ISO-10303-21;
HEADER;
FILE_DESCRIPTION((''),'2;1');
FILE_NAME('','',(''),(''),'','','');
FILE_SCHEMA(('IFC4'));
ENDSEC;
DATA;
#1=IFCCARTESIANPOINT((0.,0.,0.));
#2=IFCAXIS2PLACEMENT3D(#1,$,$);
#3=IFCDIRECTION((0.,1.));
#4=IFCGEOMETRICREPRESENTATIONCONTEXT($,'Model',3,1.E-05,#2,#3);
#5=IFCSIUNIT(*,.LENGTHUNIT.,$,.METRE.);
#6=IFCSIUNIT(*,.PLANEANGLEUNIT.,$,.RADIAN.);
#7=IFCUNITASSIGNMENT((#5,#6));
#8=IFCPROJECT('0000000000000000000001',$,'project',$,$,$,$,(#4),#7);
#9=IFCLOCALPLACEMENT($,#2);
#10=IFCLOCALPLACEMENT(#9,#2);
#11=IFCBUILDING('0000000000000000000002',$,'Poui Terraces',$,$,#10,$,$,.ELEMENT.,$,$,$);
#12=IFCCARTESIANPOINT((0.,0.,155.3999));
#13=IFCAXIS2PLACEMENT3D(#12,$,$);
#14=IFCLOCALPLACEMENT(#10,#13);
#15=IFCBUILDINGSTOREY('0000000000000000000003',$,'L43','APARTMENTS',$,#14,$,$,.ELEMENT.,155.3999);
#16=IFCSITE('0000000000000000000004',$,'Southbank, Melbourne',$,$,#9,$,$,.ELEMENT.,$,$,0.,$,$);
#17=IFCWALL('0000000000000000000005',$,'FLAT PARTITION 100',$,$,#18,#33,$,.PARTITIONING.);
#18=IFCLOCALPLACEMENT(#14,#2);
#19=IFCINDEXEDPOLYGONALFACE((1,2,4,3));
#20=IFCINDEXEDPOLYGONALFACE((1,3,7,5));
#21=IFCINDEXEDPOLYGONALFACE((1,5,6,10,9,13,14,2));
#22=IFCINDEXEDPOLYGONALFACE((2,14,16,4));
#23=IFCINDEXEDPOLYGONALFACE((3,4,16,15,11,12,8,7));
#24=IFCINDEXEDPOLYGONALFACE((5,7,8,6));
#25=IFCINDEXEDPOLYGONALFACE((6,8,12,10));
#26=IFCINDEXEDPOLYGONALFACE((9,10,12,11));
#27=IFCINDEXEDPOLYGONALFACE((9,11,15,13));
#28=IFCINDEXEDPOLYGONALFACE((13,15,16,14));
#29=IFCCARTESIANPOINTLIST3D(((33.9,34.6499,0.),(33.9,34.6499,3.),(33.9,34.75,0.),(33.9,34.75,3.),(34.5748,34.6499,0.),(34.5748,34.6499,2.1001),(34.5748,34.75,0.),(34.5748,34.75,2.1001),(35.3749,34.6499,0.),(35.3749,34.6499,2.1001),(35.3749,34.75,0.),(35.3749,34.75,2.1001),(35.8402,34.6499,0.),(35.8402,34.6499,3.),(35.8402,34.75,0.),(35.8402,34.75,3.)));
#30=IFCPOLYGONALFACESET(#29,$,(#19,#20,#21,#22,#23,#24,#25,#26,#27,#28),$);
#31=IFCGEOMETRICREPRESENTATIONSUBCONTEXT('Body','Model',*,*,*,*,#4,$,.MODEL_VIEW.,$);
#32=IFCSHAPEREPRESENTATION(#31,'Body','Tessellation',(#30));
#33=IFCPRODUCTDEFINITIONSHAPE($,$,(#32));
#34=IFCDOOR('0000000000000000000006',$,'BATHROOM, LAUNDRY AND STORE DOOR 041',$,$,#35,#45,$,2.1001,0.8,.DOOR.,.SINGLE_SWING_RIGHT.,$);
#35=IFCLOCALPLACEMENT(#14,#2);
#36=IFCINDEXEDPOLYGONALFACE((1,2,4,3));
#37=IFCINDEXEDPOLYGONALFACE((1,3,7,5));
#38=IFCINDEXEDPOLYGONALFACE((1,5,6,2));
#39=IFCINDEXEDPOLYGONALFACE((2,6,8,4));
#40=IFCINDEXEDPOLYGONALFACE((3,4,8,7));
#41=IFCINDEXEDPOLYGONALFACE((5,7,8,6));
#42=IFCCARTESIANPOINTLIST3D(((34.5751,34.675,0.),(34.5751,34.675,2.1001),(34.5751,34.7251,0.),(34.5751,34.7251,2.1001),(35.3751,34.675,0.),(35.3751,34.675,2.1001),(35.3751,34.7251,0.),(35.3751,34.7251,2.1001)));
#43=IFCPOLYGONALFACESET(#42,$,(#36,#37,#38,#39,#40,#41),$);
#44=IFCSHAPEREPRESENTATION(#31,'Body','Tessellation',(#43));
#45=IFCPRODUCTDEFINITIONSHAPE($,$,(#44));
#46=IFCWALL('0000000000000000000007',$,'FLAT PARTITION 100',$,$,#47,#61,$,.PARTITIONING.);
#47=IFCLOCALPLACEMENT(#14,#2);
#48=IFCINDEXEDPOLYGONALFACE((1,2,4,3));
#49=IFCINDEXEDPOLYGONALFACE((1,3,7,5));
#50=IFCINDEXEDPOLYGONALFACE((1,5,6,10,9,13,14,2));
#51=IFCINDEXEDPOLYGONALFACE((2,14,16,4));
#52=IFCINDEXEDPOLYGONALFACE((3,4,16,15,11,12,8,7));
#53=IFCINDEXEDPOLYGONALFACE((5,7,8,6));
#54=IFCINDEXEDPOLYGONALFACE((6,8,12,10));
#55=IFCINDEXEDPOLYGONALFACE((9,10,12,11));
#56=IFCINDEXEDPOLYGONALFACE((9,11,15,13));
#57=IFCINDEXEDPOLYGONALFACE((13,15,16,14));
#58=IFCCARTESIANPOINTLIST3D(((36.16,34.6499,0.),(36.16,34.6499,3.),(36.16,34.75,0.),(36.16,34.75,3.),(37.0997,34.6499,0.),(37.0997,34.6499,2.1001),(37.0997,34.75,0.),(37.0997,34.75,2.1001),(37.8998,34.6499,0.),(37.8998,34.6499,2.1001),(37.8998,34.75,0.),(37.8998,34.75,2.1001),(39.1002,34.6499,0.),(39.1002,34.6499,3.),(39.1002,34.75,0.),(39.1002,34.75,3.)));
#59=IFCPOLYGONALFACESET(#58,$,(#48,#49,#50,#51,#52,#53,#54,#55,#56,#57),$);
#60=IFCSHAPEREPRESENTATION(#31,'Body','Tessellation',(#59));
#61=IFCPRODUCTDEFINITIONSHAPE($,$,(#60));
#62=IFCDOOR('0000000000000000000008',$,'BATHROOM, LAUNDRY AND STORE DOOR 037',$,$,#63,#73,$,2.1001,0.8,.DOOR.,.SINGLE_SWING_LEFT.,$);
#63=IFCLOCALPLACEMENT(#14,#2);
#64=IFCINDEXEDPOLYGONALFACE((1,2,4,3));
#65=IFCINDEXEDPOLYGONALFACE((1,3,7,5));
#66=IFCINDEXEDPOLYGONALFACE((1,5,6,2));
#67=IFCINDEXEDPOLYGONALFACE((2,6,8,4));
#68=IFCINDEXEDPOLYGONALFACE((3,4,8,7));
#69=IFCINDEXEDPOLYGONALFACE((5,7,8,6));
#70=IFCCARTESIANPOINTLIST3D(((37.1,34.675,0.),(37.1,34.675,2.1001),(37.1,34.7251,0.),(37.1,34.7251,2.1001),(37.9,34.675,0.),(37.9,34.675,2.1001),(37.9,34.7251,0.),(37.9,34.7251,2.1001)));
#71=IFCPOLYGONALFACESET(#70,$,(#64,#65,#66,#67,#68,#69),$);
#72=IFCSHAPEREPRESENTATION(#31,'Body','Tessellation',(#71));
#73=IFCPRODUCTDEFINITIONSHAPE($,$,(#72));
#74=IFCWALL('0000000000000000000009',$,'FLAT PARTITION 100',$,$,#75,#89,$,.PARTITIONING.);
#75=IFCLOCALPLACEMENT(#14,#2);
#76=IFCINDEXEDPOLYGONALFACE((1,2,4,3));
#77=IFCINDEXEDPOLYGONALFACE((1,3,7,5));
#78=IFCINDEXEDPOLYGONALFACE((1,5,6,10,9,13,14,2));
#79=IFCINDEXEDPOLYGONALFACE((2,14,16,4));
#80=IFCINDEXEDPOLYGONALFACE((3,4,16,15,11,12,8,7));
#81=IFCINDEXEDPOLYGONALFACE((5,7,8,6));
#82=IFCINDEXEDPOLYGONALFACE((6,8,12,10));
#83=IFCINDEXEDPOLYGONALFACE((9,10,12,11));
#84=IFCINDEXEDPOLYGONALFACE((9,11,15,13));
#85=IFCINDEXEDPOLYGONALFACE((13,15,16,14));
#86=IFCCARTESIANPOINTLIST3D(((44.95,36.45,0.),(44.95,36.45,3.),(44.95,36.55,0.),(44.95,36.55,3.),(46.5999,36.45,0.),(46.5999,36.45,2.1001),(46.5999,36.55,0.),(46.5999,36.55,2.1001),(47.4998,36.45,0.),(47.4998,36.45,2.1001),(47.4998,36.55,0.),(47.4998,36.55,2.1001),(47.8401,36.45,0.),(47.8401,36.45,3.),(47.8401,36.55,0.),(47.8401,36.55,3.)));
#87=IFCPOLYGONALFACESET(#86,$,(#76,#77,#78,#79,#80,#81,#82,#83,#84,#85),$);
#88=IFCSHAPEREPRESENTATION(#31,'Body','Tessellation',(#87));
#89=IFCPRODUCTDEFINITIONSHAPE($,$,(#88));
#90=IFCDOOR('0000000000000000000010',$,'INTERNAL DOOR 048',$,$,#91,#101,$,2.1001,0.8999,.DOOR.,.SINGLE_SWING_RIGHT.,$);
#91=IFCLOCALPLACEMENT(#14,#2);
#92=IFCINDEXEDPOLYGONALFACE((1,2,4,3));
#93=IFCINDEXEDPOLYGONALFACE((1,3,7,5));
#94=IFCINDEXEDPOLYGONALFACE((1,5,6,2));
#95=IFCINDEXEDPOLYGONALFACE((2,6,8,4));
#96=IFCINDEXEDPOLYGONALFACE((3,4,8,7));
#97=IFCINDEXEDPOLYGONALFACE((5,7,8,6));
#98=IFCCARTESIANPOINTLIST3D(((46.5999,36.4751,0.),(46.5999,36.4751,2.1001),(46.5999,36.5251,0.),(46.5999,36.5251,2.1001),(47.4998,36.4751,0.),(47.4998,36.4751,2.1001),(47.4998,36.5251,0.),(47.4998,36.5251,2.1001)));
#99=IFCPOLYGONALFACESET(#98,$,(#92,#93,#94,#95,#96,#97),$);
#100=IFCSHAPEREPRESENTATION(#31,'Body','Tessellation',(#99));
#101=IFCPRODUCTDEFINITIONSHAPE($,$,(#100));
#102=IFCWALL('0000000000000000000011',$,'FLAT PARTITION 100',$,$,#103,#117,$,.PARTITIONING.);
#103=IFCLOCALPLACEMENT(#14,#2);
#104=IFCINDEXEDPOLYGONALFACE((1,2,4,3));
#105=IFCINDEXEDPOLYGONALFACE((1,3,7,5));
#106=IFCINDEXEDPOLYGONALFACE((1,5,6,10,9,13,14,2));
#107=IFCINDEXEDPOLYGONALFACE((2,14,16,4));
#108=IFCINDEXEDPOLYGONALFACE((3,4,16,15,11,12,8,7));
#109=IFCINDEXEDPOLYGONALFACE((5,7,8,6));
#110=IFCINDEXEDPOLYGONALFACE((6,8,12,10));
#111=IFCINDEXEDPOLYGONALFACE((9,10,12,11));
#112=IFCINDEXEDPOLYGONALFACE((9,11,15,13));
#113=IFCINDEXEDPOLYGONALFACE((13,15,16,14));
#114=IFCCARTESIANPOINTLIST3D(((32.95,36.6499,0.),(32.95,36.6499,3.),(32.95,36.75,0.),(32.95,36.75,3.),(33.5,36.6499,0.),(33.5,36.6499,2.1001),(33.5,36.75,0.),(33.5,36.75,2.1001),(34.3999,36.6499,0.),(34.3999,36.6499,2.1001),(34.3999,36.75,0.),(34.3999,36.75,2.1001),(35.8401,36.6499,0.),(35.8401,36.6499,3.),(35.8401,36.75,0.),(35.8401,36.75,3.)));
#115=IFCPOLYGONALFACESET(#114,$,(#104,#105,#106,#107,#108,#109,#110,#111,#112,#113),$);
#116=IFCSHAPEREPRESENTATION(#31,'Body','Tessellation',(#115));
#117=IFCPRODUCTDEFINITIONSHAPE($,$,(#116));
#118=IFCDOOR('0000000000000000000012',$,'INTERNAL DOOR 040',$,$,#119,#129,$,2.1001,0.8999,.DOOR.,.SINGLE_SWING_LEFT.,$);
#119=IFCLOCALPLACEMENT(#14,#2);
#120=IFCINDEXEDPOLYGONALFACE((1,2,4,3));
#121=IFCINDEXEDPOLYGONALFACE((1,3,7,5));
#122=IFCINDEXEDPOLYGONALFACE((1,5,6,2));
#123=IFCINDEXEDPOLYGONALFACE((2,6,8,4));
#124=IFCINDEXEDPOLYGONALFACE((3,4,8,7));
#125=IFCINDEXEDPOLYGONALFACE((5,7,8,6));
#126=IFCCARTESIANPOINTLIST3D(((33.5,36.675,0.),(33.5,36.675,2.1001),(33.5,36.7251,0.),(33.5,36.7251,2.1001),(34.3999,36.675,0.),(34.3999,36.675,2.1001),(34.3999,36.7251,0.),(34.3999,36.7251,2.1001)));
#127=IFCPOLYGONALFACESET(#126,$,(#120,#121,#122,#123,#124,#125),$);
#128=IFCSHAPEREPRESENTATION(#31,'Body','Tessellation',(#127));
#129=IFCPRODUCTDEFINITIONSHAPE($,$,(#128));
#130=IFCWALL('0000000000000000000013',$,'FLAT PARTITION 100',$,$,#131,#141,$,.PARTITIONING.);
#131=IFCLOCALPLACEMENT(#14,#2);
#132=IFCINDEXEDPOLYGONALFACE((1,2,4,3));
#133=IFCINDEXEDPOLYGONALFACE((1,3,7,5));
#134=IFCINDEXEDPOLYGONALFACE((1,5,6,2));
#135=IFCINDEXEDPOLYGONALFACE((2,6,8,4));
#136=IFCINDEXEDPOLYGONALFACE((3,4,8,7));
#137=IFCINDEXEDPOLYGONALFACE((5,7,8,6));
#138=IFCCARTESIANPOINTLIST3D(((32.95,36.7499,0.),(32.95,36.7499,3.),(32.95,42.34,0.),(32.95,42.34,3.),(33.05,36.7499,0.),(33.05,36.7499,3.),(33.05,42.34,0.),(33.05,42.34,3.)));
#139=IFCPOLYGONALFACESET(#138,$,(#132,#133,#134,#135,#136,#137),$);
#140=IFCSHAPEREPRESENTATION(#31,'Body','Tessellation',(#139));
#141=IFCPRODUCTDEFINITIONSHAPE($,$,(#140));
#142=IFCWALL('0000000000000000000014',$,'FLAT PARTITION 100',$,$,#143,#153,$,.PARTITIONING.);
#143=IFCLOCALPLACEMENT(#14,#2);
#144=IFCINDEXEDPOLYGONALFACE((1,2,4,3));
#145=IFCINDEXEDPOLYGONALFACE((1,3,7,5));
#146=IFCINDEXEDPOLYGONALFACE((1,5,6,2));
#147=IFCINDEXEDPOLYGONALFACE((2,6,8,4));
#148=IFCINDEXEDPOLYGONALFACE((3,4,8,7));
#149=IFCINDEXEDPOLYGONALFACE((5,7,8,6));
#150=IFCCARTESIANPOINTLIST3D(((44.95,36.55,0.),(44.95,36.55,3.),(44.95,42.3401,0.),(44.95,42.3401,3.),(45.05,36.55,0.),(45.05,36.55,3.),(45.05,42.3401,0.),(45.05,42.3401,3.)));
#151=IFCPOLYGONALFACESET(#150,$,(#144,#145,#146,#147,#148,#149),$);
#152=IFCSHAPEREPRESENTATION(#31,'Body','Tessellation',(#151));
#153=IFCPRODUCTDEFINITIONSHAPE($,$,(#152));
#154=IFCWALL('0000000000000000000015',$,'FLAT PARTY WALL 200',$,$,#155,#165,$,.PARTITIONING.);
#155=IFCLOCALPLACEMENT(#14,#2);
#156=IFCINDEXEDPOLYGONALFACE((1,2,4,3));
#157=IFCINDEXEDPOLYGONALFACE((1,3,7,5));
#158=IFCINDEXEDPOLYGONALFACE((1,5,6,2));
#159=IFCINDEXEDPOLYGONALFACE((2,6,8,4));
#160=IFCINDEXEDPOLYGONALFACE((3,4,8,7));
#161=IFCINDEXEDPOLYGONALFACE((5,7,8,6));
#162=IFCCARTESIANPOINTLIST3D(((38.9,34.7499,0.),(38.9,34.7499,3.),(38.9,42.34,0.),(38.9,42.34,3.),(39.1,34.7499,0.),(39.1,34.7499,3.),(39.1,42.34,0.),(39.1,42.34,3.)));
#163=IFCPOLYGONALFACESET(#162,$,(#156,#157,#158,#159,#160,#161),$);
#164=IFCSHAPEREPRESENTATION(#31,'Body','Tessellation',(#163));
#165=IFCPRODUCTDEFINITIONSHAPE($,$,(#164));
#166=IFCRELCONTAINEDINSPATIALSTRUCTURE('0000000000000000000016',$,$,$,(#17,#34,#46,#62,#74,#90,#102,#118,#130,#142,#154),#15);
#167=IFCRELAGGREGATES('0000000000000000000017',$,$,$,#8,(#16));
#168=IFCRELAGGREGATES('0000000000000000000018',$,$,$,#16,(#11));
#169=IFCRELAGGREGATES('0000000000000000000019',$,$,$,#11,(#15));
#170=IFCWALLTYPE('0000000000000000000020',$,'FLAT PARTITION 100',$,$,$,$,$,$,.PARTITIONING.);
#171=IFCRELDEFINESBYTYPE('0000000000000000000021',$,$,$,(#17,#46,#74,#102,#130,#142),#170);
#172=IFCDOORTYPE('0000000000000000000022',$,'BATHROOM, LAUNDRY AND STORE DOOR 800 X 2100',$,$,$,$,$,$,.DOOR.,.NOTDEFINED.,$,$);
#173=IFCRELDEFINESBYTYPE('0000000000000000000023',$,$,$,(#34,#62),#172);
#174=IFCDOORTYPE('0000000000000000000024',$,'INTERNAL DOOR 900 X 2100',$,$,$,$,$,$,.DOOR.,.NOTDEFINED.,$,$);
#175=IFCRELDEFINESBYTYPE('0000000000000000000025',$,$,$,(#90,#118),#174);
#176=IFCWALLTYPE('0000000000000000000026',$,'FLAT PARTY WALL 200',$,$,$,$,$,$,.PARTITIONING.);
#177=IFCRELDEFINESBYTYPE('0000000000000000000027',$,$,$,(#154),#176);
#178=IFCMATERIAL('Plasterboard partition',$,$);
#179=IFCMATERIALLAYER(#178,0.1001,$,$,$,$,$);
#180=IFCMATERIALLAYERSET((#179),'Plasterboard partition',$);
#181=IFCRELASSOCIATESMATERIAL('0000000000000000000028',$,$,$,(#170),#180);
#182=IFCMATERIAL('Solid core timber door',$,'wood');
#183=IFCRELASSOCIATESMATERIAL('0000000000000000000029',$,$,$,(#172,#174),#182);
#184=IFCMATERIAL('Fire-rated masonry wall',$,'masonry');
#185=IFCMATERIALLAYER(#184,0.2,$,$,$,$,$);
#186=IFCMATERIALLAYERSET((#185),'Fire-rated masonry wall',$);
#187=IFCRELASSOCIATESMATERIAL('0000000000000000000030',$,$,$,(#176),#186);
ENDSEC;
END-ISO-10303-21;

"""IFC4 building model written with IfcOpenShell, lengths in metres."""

from ifc_helpers import new_model, si_unit, direction, frame, frame_2d, origin, place, context, subcontext, project, spatial, rectangle, extrude, material, layer, layer_set, type_object, element, fill, save


model = new_model("IFC4")

# Units and contexts
model_context = context("Model", 3, precision=1e-05, world=origin(), true_north=direction((0.0, 1.0)))
body_context = subcontext(model_context, "Body", "Model", "MODEL_VIEW")
ifc_project = project(units=[si_unit("LENGTHUNIT", "METRE"), si_unit("PLANEANGLEUNIT", "RADIAN")], contexts=[model_context])

# Site, building, storey
site_placement = place(None, origin())
site = spatial("IfcSite", under=ifc_project, at=site_placement, Name="Southbank, Melbourne", CompositionType="ELEMENT", RefElevation=0.0)
building_placement = place(site_placement, origin())
building = spatial("IfcBuilding", under=site, at=building_placement, Name="Poui Terraces", CompositionType="ELEMENT")
storey_placement = place(building_placement, frame((0.0, 0.0, 155.3999)))
storey = spatial("IfcBuildingStorey", under=building, at=storey_placement, Name="L43", Description="APARTMENTS", CompositionType="ELEMENT", Elevation=155.3999)

# Walls, openings, doors
ifc_material_1 = material(Name="Plasterboard partition")
ifc_layer_1 = layer(ifc_material_1, 0.1001)
ifc_layer_set_1 = layer_set([ifc_layer_1], Name="Plasterboard partition")
wall_type_1 = type_object("IfcWallType", Name="FLAT PARTITION 100", PredefinedType="PARTITIONING", material=ifc_layer_set_1)
wall_1_placement = place(storey_placement, frame((33.8999, 34.7, 0.0), z_axis=(0.0, 0.0, 1.0), x_axis=(1.0, 0.0, 0.0)))
wall_1 = element("IfcWall", 1, at=wall_1_placement, inside=storey, type_object=wall_type_1, Name="FLAT PARTITION 100", PredefinedType="PARTITIONING", context=body_context, shape_type="SweptSolid", body=[
    extrude(rectangle(XDim=1.9402, YDim=0.1001, at=frame_2d((0.9702, 0.0))), origin(), (0.0, 0.0, 1.0), 3.0),
])
opening_1_placement = place(wall_1_placement, frame((0.675, 0.0, 0.0)))
opening_1 = element("IfcOpeningElement", 2, at=opening_1_placement, cuts=wall_1, PredefinedType="OPENING", context=body_context, shape_type="SweptSolid", body=[
    extrude(rectangle(XDim=0.8, YDim=2.1001, at=frame_2d((0.3999, 1.05))), frame((0.0, 0.0601, 0.0), z_axis=(0.0, -1.0, 0.0), x_axis=(1.0, 0.0, 0.0)), (0.0, 0.0, 1.0), 0.1201),
])
ifc_material_2 = material(Name="Solid core timber door", Category="wood")
door_type_1 = type_object("IfcDoorType", Name="BATHROOM, LAUNDRY AND STORE DOOR 800 X 2100", OperationType="NOTDEFINED", PredefinedType="DOOR", material=ifc_material_2)
door_1_placement = place(opening_1_placement, frame((0.8, 0.0, 0.0), z_axis=(0.0, 0.0, 1.0), x_axis=(-1.0, 0.0, 0.0)))
door_1 = element("IfcDoor", 3, at=door_1_placement, inside=storey, type_object=door_type_1, Name="BATHROOM, LAUNDRY AND STORE DOOR 041", OperationType="SINGLE_SWING_RIGHT", OverallHeight=2.1001, OverallWidth=0.8, PredefinedType="DOOR", context=body_context, shape_type="SweptSolid", body=[
    extrude(rectangle(XDim=0.8, YDim=2.1001, at=frame_2d((0.3999, 1.05))), frame((0.0, 0.0249, 0.0), z_axis=(0.0, -1.0, 0.0), x_axis=(1.0, 0.0, 0.0)), (0.0, 0.0, 1.0), 0.05),
])
fill(opening_1, door_1)
wall_2_placement = place(storey_placement, frame((36.1599, 34.7, 0.0), z_axis=(0.0, 0.0, 1.0), x_axis=(1.0, 0.0, 0.0)))
wall_2 = element("IfcWall", 4, at=wall_2_placement, inside=storey, type_object=wall_type_1, Name="FLAT PARTITION 100", PredefinedType="PARTITIONING", context=body_context, shape_type="SweptSolid", body=[
    extrude(rectangle(XDim=2.9402, YDim=0.1001, at=frame_2d((1.4702, 0.0))), origin(), (0.0, 0.0, 1.0), 3.0),
])
opening_2_placement = place(wall_2_placement, frame((0.9399, 0.0, 0.0)))
opening_2 = element("IfcOpeningElement", 5, at=opening_2_placement, cuts=wall_2, PredefinedType="OPENING", context=body_context, shape_type="SweptSolid", body=[
    extrude(rectangle(XDim=0.8, YDim=2.1001, at=frame_2d((0.3999, 1.05))), frame((0.0, 0.0601, 0.0), z_axis=(0.0, -1.0, 0.0), x_axis=(1.0, 0.0, 0.0)), (0.0, 0.0, 1.0), 0.1201),
])
door_2_placement = place(opening_2_placement, frame((0.8, 0.0, 0.0), z_axis=(0.0, 0.0, 1.0), x_axis=(-1.0, 0.0, 0.0)))
door_2 = element("IfcDoor", 6, at=door_2_placement, inside=storey, type_object=door_type_1, Name="BATHROOM, LAUNDRY AND STORE DOOR 037", OperationType="SINGLE_SWING_LEFT", OverallHeight=2.1001, OverallWidth=0.8, PredefinedType="DOOR", context=body_context, shape_type="SweptSolid", body=[
    extrude(rectangle(XDim=0.8, YDim=2.1001, at=frame_2d((0.3999, 1.05))), frame((0.0, 0.0249, 0.0), z_axis=(0.0, -1.0, 0.0), x_axis=(1.0, 0.0, 0.0)), (0.0, 0.0, 1.0), 0.05),
])
fill(opening_2, door_2)
wall_3_placement = place(storey_placement, frame((44.95, 36.5, 0.0), z_axis=(0.0, 0.0, 1.0), x_axis=(1.0, 0.0, 0.0)))
wall_3 = element("IfcWall", 7, at=wall_3_placement, inside=storey, type_object=wall_type_1, Name="FLAT PARTITION 100", PredefinedType="PARTITIONING", context=body_context, shape_type="SweptSolid", body=[
    extrude(rectangle(XDim=2.8901, YDim=0.1001, at=frame_2d((1.4451, 0.0))), origin(), (0.0, 0.0, 1.0), 3.0),
])
opening_3_placement = place(wall_3_placement, frame((1.6499, 0.0, 0.0)))
opening_3 = element("IfcOpeningElement", 8, at=opening_3_placement, cuts=wall_3, PredefinedType="OPENING", context=body_context, shape_type="SweptSolid", body=[
    extrude(rectangle(XDim=0.8999, YDim=2.1001, at=frame_2d((0.45, 1.05))), frame((0.0, 0.0601, 0.0), z_axis=(0.0, -1.0, 0.0), x_axis=(1.0, 0.0, 0.0)), (0.0, 0.0, 1.0), 0.1201),
])
door_type_2 = type_object("IfcDoorType", Name="INTERNAL DOOR 900 X 2100", OperationType="NOTDEFINED", PredefinedType="DOOR", material=ifc_material_2)
door_3_placement = place(opening_3_placement, frame((0.8999, 0.0, 0.0), z_axis=(0.0, 0.0, 1.0), x_axis=(-1.0, 0.0, 0.0)))
door_3 = element("IfcDoor", 9, at=door_3_placement, inside=storey, type_object=door_type_2, Name="INTERNAL DOOR 048", OperationType="SINGLE_SWING_RIGHT", OverallHeight=2.1001, OverallWidth=0.8999, PredefinedType="DOOR", context=body_context, shape_type="SweptSolid", body=[
    extrude(rectangle(XDim=0.8999, YDim=2.1001, at=frame_2d((0.45, 1.05))), frame((0.0, 0.0249, 0.0), z_axis=(0.0, -1.0, 0.0), x_axis=(1.0, 0.0, 0.0)), (0.0, 0.0, 1.0), 0.05),
])
fill(opening_3, door_3)
wall_4_placement = place(storey_placement, frame((32.95, 36.7, 0.0), z_axis=(0.0, 0.0, 1.0), x_axis=(1.0, 0.0, 0.0)))
wall_4 = element("IfcWall", 10, at=wall_4_placement, inside=storey, type_object=wall_type_1, Name="FLAT PARTITION 100", PredefinedType="PARTITIONING", context=body_context, shape_type="SweptSolid", body=[
    extrude(rectangle(XDim=2.8901, YDim=0.1001, at=frame_2d((1.4451, 0.0))), origin(), (0.0, 0.0, 1.0), 3.0),
])
opening_4_placement = place(wall_4_placement, frame((0.55, 0.0, 0.0)))
opening_4 = element("IfcOpeningElement", 11, at=opening_4_placement, cuts=wall_4, PredefinedType="OPENING", context=body_context, shape_type="SweptSolid", body=[
    extrude(rectangle(XDim=0.8999, YDim=2.1001, at=frame_2d((0.45, 1.05))), frame((0.0, 0.0601, 0.0), z_axis=(0.0, -1.0, 0.0), x_axis=(1.0, 0.0, 0.0)), (0.0, 0.0, 1.0), 0.1201),
])
door_4_placement = place(opening_4_placement, frame((0.8999, 0.0, 0.0), z_axis=(0.0, 0.0, 1.0), x_axis=(-1.0, 0.0, 0.0)))
door_4 = element("IfcDoor", 12, at=door_4_placement, inside=storey, type_object=door_type_2, Name="INTERNAL DOOR 040", OperationType="SINGLE_SWING_LEFT", OverallHeight=2.1001, OverallWidth=0.8999, PredefinedType="DOOR", context=body_context, shape_type="SweptSolid", body=[
    extrude(rectangle(XDim=0.8999, YDim=2.1001, at=frame_2d((0.45, 1.05))), frame((0.0, 0.0249, 0.0), z_axis=(0.0, -1.0, 0.0), x_axis=(1.0, 0.0, 0.0)), (0.0, 0.0, 1.0), 0.05),
])
fill(opening_4, door_4)

# Walls
wall_5_placement = place(storey_placement, frame((33.0, 36.75, 0.0), z_axis=(0.0, 0.0, 1.0), x_axis=(0.0, 1.0, 0.0)))
element("IfcWall", 13, at=wall_5_placement, inside=storey, type_object=wall_type_1, Name="FLAT PARTITION 100", PredefinedType="PARTITIONING", context=body_context, shape_type="SweptSolid", body=[
    extrude(rectangle(XDim=5.5901, YDim=0.1001, at=frame_2d((2.7949, 0.0))), origin(), (0.0, 0.0, 1.0), 3.0),
])
wall_6_placement = place(storey_placement, frame((45.0, 36.55, 0.0), z_axis=(0.0, 0.0, 1.0), x_axis=(0.0, 1.0, 0.0)))
element("IfcWall", 14, at=wall_6_placement, inside=storey, type_object=wall_type_1, Name="FLAT PARTITION 100", PredefinedType="PARTITIONING", context=body_context, shape_type="SweptSolid", body=[
    extrude(rectangle(XDim=5.79, YDim=0.1001, at=frame_2d((2.895, 0.0))), origin(), (0.0, 0.0, 1.0), 3.0),
])
ifc_material_3 = material(Name="Fire-rated masonry wall", Category="masonry")
ifc_layer_2 = layer(ifc_material_3, 0.2)
ifc_layer_set_2 = layer_set([ifc_layer_2], Name="Fire-rated masonry wall")
wall_type_2 = type_object("IfcWallType", Name="FLAT PARTY WALL 200", PredefinedType="PARTITIONING", material=ifc_layer_set_2)
wall_7_placement = place(storey_placement, frame((39.0, 34.75, 0.0), z_axis=(0.0, 0.0, 1.0), x_axis=(0.0, 1.0, 0.0)))
element("IfcWall", 15, at=wall_7_placement, inside=storey, type_object=wall_type_2, Name="FLAT PARTY WALL 200", PredefinedType="PARTITIONING", context=body_context, shape_type="SweptSolid", body=[
    extrude(rectangle(XDim=7.5901, YDim=0.2, at=frame_2d((3.7949, 0.0))), origin(), (0.0, 0.0, 1.0), 3.0),
])

save(model, "model.ifc")
